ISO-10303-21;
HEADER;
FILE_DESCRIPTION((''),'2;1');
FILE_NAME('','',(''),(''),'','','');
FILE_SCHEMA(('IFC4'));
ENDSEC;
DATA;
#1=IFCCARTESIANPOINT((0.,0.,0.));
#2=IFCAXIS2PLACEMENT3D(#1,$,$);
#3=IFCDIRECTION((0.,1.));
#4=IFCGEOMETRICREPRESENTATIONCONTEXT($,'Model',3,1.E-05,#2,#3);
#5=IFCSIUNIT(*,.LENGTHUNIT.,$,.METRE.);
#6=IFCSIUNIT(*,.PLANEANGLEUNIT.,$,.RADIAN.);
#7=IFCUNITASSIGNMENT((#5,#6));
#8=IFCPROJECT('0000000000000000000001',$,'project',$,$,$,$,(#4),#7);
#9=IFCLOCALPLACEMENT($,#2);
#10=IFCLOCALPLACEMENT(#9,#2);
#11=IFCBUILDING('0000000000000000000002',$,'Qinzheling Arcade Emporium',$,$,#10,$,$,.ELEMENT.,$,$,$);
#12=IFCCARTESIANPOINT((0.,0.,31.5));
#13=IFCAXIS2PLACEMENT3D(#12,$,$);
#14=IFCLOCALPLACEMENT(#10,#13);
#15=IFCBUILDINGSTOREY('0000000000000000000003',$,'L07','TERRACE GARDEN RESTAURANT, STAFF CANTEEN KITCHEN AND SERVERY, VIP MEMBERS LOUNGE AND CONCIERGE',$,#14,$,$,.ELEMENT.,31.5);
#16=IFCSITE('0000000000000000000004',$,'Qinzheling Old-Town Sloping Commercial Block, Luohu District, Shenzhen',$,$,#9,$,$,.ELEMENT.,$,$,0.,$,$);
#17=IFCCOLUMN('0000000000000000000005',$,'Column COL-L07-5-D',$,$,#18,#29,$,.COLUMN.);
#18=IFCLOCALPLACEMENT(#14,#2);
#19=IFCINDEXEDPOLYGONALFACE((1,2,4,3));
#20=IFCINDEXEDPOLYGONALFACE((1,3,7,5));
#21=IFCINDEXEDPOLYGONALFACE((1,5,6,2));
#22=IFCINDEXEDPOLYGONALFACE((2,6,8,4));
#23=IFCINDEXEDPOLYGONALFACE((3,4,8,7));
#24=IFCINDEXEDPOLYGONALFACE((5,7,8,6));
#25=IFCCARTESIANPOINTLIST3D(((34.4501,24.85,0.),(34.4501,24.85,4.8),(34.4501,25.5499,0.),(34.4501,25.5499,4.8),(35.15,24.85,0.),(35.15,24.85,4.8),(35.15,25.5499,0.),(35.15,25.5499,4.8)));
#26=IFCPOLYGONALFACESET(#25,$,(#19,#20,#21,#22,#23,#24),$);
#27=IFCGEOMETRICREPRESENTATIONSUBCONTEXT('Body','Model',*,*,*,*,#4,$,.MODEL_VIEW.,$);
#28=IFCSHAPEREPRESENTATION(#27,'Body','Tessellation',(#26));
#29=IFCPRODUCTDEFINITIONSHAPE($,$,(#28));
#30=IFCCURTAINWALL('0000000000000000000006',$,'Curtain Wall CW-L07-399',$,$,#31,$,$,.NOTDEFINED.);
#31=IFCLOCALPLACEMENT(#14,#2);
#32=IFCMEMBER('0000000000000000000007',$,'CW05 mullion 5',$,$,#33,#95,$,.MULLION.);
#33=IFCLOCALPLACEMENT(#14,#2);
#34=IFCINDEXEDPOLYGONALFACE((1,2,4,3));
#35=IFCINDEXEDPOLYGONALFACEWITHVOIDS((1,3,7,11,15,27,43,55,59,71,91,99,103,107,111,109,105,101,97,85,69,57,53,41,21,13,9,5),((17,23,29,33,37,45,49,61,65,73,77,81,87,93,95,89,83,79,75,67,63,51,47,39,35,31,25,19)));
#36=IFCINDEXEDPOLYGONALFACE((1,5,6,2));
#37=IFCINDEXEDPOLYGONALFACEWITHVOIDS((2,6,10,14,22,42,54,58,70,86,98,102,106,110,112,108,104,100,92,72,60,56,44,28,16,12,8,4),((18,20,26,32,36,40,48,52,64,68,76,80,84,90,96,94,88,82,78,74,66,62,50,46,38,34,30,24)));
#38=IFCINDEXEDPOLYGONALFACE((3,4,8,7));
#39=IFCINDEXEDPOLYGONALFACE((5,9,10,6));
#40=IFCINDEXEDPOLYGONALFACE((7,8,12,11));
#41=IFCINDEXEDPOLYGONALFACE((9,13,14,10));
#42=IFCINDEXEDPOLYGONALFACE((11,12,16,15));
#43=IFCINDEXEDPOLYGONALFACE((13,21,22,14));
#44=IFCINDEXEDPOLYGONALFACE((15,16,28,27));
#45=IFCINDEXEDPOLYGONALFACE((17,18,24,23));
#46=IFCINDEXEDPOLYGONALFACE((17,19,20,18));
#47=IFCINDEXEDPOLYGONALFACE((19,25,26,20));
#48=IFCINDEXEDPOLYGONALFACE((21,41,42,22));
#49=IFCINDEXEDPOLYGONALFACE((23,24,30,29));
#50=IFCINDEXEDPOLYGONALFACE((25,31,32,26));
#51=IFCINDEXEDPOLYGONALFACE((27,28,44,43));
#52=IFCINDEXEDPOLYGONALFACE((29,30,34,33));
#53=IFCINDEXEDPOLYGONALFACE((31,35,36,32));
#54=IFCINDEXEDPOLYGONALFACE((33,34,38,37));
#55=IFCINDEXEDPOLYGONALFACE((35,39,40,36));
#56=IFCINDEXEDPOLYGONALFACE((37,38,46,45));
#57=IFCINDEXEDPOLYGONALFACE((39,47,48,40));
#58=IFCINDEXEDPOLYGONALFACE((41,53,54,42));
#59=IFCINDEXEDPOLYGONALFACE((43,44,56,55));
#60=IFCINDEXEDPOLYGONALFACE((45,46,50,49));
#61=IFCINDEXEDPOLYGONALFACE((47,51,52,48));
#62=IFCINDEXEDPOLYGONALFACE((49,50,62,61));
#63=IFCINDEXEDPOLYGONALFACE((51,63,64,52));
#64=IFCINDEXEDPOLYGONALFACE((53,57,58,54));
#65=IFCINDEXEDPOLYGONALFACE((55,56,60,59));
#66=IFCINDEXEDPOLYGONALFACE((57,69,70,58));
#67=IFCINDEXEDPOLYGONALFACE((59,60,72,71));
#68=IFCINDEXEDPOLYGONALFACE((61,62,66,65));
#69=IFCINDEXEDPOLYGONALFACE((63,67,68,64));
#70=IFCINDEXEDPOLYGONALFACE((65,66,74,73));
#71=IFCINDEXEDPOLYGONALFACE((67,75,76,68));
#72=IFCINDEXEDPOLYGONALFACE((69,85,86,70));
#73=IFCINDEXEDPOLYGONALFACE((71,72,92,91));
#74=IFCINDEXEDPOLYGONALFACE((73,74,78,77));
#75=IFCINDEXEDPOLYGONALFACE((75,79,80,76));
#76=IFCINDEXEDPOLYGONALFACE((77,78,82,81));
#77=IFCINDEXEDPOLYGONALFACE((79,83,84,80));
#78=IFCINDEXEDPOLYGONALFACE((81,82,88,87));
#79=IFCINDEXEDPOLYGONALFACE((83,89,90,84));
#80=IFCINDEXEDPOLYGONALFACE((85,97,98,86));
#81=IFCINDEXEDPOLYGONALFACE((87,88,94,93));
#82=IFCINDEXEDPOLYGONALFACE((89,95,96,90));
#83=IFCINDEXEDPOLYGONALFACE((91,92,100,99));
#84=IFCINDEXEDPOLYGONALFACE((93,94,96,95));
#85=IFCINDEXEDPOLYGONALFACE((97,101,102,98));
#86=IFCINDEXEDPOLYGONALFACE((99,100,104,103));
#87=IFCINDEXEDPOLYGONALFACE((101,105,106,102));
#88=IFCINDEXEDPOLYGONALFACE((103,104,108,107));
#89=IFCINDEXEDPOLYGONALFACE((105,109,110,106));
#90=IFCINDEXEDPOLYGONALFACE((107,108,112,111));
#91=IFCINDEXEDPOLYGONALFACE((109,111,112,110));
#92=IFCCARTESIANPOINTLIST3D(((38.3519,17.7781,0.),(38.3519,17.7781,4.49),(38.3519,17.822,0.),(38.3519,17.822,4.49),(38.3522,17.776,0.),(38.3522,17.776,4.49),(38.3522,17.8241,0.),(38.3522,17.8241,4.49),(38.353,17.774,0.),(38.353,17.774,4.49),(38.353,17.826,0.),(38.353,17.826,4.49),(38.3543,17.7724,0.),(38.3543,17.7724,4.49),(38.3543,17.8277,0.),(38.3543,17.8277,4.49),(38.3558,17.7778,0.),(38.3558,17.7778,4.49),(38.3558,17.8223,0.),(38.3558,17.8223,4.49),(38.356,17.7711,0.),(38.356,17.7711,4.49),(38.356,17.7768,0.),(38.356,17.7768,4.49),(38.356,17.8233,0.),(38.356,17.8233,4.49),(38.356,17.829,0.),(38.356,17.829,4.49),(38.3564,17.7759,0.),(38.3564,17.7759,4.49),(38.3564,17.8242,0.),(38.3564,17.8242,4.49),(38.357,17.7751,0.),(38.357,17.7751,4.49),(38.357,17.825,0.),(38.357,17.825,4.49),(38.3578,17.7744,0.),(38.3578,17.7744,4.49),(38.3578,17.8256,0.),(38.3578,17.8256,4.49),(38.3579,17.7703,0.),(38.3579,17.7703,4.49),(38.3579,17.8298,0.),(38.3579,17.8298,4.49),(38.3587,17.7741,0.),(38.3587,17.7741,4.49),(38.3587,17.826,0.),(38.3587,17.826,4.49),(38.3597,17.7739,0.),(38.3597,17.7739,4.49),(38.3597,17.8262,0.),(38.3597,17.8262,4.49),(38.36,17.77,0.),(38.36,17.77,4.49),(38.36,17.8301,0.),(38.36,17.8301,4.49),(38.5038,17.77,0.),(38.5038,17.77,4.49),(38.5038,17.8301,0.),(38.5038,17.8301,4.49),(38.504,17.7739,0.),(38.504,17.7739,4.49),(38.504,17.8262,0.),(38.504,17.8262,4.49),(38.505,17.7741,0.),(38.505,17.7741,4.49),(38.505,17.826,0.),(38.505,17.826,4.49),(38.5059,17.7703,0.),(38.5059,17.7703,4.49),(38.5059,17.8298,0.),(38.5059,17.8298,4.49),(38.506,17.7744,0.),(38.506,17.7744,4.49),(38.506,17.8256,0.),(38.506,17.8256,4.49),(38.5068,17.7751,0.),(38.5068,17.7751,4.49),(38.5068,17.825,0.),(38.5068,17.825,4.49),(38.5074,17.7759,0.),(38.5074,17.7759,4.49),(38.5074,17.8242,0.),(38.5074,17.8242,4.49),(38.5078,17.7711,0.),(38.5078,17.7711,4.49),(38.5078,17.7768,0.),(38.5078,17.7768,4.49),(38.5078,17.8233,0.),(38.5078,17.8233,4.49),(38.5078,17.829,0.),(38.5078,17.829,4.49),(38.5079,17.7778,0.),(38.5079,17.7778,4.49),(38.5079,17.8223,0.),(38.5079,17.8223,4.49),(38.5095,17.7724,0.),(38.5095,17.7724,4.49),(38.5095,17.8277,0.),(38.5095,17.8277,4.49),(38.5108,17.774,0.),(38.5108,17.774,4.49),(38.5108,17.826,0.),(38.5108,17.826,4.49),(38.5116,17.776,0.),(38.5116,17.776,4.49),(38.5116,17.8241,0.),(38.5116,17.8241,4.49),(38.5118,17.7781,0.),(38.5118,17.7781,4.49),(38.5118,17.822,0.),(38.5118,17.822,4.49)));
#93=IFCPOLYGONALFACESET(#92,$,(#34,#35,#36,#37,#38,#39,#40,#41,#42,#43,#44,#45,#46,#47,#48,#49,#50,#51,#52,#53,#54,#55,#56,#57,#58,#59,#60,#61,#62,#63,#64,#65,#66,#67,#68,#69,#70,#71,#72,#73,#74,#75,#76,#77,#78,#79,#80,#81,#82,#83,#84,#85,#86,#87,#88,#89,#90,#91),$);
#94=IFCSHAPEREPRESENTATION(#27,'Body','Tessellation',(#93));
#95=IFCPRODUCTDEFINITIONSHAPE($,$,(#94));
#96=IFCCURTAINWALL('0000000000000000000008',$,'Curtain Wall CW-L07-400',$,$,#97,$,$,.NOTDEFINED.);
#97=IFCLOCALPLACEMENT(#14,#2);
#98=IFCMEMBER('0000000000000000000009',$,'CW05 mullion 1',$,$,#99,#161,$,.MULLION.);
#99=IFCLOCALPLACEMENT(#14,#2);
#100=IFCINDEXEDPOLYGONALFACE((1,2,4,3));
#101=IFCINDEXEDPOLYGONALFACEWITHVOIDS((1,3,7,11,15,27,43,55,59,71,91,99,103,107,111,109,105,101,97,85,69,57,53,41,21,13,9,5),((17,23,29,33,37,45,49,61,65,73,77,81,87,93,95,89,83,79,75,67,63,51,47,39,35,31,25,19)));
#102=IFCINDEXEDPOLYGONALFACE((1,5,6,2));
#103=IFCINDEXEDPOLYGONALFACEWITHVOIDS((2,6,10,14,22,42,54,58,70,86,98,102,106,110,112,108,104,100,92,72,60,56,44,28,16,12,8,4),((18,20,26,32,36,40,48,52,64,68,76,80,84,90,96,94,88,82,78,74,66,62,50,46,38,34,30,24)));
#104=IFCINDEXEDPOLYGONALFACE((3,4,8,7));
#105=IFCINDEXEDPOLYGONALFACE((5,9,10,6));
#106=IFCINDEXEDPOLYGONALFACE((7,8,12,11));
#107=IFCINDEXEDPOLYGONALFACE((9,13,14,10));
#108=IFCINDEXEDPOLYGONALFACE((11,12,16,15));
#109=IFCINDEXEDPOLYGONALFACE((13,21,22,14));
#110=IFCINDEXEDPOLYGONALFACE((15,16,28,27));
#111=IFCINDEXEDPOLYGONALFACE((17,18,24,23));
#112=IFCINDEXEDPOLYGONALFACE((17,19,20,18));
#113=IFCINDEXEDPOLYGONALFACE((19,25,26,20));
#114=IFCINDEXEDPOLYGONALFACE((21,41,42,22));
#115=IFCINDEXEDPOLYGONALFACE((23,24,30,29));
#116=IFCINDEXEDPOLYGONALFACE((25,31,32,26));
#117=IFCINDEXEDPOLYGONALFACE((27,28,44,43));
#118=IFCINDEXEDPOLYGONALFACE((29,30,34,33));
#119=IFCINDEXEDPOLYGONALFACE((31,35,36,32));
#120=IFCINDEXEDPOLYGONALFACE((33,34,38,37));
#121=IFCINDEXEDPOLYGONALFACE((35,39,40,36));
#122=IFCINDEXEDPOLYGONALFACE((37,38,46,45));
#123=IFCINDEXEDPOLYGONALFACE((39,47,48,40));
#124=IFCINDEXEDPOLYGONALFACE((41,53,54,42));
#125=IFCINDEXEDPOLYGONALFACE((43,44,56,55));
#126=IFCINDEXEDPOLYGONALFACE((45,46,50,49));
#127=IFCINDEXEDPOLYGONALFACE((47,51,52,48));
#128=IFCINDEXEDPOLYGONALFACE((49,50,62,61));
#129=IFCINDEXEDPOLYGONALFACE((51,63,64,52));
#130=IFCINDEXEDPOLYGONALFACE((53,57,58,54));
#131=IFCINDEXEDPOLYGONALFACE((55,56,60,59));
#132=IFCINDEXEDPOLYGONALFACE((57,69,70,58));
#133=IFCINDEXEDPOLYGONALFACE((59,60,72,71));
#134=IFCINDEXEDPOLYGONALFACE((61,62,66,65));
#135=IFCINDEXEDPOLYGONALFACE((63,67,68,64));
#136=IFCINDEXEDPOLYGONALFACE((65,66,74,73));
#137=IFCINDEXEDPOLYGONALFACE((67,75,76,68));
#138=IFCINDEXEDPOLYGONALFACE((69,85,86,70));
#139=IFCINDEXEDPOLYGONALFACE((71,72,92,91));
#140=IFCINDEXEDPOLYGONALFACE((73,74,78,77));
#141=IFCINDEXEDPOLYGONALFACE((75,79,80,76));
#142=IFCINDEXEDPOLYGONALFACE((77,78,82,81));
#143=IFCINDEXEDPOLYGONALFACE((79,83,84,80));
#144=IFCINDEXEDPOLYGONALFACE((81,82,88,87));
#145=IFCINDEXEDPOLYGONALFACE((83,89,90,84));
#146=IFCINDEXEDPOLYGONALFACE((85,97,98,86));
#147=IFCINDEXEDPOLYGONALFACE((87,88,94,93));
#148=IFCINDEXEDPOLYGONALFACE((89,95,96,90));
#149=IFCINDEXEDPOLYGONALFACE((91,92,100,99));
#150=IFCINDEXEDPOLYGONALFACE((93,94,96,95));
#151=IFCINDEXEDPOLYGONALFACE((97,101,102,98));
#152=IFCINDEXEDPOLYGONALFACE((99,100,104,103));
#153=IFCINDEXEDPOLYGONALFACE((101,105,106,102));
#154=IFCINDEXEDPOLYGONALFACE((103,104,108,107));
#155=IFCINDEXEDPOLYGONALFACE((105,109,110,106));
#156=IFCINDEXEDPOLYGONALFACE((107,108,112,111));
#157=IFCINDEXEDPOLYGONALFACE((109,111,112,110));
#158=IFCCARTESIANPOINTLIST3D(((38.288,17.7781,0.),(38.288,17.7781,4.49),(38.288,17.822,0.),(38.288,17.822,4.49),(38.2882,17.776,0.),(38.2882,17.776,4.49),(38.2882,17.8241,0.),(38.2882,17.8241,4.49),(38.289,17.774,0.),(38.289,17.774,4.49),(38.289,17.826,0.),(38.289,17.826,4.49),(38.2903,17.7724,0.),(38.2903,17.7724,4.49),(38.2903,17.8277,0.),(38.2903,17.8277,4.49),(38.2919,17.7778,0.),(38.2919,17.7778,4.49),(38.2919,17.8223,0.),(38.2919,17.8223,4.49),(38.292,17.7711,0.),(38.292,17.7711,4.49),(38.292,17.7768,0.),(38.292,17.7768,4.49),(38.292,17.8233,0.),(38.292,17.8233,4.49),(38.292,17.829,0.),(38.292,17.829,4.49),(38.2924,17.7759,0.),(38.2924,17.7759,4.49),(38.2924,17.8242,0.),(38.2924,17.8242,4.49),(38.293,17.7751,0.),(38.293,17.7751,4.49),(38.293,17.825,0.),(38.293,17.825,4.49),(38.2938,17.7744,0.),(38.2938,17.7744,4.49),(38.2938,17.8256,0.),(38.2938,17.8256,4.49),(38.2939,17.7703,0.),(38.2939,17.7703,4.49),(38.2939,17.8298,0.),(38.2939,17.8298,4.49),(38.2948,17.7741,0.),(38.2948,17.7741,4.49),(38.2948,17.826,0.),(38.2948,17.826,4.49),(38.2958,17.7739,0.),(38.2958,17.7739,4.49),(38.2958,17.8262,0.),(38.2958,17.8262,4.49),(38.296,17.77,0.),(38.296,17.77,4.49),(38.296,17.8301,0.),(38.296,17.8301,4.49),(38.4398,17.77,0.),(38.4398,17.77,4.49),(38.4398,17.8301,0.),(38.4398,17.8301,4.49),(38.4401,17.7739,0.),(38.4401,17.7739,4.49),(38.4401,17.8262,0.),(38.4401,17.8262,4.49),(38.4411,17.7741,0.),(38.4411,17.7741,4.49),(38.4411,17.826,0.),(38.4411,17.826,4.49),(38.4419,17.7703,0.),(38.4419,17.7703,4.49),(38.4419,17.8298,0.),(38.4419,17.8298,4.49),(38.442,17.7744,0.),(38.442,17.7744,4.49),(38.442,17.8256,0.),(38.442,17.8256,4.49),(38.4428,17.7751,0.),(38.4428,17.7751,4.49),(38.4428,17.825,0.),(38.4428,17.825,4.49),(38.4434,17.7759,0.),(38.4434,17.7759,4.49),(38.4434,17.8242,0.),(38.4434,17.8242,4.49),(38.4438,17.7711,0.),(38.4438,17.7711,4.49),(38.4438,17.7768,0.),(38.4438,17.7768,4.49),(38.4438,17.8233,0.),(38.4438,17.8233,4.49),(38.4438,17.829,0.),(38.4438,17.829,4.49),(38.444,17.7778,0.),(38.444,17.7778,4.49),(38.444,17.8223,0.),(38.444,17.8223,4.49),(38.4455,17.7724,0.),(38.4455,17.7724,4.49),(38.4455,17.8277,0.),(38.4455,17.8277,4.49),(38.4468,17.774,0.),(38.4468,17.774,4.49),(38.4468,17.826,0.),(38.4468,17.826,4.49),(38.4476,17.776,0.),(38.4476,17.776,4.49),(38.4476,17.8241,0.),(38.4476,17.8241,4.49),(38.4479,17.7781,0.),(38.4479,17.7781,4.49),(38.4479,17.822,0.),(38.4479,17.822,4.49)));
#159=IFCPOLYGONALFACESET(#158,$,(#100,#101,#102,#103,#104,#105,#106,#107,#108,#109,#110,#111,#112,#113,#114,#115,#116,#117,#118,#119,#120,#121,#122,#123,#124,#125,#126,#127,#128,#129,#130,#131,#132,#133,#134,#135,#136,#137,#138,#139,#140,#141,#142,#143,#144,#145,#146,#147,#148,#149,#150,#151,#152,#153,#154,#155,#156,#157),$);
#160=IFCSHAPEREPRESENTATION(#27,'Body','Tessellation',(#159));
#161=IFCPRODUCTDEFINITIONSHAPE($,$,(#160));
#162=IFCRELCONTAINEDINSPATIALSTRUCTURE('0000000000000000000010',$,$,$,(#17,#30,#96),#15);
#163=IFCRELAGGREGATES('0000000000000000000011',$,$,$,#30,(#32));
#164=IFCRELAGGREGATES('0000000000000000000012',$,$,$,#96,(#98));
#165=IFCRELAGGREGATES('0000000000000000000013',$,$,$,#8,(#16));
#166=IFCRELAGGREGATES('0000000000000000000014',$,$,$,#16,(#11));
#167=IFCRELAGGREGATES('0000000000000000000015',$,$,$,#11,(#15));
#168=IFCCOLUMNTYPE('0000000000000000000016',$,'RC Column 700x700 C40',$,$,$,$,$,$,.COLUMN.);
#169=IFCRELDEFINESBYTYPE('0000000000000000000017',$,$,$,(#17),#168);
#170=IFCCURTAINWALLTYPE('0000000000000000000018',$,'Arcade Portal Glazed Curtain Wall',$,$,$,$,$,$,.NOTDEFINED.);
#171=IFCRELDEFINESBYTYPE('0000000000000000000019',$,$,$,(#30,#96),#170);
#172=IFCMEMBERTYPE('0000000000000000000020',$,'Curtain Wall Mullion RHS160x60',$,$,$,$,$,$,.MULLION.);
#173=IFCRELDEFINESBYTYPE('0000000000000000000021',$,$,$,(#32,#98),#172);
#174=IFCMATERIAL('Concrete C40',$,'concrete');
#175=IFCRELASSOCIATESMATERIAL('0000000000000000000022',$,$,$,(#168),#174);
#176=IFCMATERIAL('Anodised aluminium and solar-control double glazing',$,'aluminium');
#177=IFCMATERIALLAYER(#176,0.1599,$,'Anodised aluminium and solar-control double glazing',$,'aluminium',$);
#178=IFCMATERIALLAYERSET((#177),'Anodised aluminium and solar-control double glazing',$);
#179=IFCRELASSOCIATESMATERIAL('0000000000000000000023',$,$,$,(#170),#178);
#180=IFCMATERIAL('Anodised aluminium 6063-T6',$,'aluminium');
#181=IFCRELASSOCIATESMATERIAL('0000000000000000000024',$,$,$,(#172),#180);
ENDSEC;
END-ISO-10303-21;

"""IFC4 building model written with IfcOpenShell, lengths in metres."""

from ifc_helpers import new_model, si_unit, direction, frame, origin, origin_2d, place, context, subcontext, project, spatial, rectangle, hollow_rectangle, extrude, material, layer, layer_set, material_profile, profile_set, type_object, element, aggregate, save


model = new_model("IFC4")

# Units and contexts
model_context = context("Model", 3, precision=1e-05, world=origin(), true_north=direction((0.0, 1.0)))
body_context = subcontext(model_context, "Body", "Model", "MODEL_VIEW")
ifc_project = project(units=[si_unit("LENGTHUNIT", "METRE"), si_unit("PLANEANGLEUNIT", "RADIAN")], contexts=[model_context])

# Site, building, storey
site_placement = place(None, origin())
site = spatial("IfcSite", under=ifc_project, at=site_placement, Name="Qinzheling Old-Town Sloping Commercial Block, Luohu District, Shenzhen", CompositionType="ELEMENT", RefElevation=0.0)
building_placement = place(site_placement, origin())
building = spatial("IfcBuilding", under=site, at=building_placement, Name="Qinzheling Arcade Emporium", CompositionType="ELEMENT")
storey_placement = place(building_placement, frame((0.0, 0.0, 31.5)))
storey = spatial("IfcBuildingStorey", under=building, at=storey_placement, Name="L07", Description="TERRACE GARDEN RESTAURANT, STAFF CANTEEN KITCHEN AND SERVERY, VIP MEMBERS LOUNGE AND CONCIERGE", CompositionType="ELEMENT", Elevation=31.5)

# Column
ifc_material_1 = material(Name="Concrete C40", Category="concrete")
ifc_material_profile_1 = material_profile(ifc_material_1, rectangle(XDim=0.7, YDim=0.7, at=origin_2d()), Name="RC 700x700", Category="concrete")
ifc_profile_set_1 = profile_set([ifc_material_profile_1], Name="Concrete C40")
column_type = type_object("IfcColumnType", Name="RC Column 700x700 C40", PredefinedType="COLUMN", material=ifc_profile_set_1)
column_placement = place(storey_placement, frame((34.8, 25.2, 0.0), z_axis=(0.0, 0.0, 1.0), x_axis=(1.0, 0.0, 0.0)))
element("IfcColumn", 1, at=column_placement, inside=storey, type_object=column_type, Name="Column COL-L07-5-D", PredefinedType="COLUMN", context=body_context, shape_type="SweptSolid", body=[
    extrude(rectangle(XDim=0.7, YDim=0.7, at=origin_2d()), origin(), (0.0, 0.0, 1.0), 4.8),
])

# Curtain wall, member
ifc_material_2 = material(Name="Anodised aluminium and solar-control double glazing", Category="aluminium")
ifc_layer_1 = layer(ifc_material_2, 0.1599, Name="Anodised aluminium and solar-control double glazing", Category="aluminium")
ifc_layer_set_1 = layer_set([ifc_layer_1], Name="Anodised aluminium and solar-control double glazing")
curtain_wall_type = type_object("IfcCurtainWallType", Name="Arcade Portal Glazed Curtain Wall", PredefinedType="NOTDEFINED", material=ifc_layer_set_1)
curtain_wall_1_placement = place(storey_placement, origin())
curtain_wall_1 = element("IfcCurtainWall", 2, at=curtain_wall_1_placement, inside=storey, type_object=curtain_wall_type, Name="Curtain Wall CW-L07-399", PredefinedType="NOTDEFINED")
ifc_material_3 = material(Name="Anodised aluminium 6063-T6", Category="aluminium")
ifc_material_profile_2 = material_profile(ifc_material_3, hollow_rectangle(XDim=0.0601, YDim=0.1599, WallThickness=0.0039, InnerFilletRadius=0.0039, OuterFilletRadius=0.0081, at=origin_2d()), Name="RHS 160x60x4", Category="aluminium")
ifc_profile_set_2 = profile_set([ifc_material_profile_2], Name="Anodised aluminium 6063-T6")
member_type_1 = type_object("IfcMemberType", Name="Curtain Wall Mullion RHS160x60", PredefinedType="MULLION", material=ifc_profile_set_2)
member_1_placement = place(storey_placement, frame((38.4319, 17.8, 0.0), z_axis=(0.0, 0.0, 1.0), x_axis=(0.0, -1.0, 0.0)))
member_1 = element("IfcMember", 3, at=member_1_placement, type_object=member_type_1, Name="CW05 mullion 5", PredefinedType="MULLION", context=body_context, shape_type="SweptSolid", body=[
    extrude(hollow_rectangle(XDim=0.0601, YDim=0.1599, WallThickness=0.0039, InnerFilletRadius=0.0039, OuterFilletRadius=0.0081, at=origin_2d()), origin(), (0.0, 0.0, 1.0), 4.49),
])
aggregate(curtain_wall_1, [member_1])

# Curtain wall, member
curtain_wall_2_placement = place(storey_placement, origin())
curtain_wall_2 = element("IfcCurtainWall", 4, at=curtain_wall_2_placement, inside=storey, type_object=curtain_wall_type, Name="Curtain Wall CW-L07-400", PredefinedType="NOTDEFINED")
member_2_placement = place(storey_placement, frame((38.3679, 17.8, 0.0), z_axis=(0.0, 0.0, 1.0), x_axis=(0.0, -1.0, 0.0)))
member_2 = element("IfcMember", 5, at=member_2_placement, type_object=member_type_1, Name="CW05 mullion 1", PredefinedType="MULLION", context=body_context, shape_type="SweptSolid", body=[
    extrude(hollow_rectangle(XDim=0.0601, YDim=0.1599, WallThickness=0.0039, InnerFilletRadius=0.0039, OuterFilletRadius=0.0081, at=origin_2d()), origin(), (0.0, 0.0, 1.0), 4.49),
])

aggregate(curtain_wall_2, [member_2])

save(model, "model.ifc")
